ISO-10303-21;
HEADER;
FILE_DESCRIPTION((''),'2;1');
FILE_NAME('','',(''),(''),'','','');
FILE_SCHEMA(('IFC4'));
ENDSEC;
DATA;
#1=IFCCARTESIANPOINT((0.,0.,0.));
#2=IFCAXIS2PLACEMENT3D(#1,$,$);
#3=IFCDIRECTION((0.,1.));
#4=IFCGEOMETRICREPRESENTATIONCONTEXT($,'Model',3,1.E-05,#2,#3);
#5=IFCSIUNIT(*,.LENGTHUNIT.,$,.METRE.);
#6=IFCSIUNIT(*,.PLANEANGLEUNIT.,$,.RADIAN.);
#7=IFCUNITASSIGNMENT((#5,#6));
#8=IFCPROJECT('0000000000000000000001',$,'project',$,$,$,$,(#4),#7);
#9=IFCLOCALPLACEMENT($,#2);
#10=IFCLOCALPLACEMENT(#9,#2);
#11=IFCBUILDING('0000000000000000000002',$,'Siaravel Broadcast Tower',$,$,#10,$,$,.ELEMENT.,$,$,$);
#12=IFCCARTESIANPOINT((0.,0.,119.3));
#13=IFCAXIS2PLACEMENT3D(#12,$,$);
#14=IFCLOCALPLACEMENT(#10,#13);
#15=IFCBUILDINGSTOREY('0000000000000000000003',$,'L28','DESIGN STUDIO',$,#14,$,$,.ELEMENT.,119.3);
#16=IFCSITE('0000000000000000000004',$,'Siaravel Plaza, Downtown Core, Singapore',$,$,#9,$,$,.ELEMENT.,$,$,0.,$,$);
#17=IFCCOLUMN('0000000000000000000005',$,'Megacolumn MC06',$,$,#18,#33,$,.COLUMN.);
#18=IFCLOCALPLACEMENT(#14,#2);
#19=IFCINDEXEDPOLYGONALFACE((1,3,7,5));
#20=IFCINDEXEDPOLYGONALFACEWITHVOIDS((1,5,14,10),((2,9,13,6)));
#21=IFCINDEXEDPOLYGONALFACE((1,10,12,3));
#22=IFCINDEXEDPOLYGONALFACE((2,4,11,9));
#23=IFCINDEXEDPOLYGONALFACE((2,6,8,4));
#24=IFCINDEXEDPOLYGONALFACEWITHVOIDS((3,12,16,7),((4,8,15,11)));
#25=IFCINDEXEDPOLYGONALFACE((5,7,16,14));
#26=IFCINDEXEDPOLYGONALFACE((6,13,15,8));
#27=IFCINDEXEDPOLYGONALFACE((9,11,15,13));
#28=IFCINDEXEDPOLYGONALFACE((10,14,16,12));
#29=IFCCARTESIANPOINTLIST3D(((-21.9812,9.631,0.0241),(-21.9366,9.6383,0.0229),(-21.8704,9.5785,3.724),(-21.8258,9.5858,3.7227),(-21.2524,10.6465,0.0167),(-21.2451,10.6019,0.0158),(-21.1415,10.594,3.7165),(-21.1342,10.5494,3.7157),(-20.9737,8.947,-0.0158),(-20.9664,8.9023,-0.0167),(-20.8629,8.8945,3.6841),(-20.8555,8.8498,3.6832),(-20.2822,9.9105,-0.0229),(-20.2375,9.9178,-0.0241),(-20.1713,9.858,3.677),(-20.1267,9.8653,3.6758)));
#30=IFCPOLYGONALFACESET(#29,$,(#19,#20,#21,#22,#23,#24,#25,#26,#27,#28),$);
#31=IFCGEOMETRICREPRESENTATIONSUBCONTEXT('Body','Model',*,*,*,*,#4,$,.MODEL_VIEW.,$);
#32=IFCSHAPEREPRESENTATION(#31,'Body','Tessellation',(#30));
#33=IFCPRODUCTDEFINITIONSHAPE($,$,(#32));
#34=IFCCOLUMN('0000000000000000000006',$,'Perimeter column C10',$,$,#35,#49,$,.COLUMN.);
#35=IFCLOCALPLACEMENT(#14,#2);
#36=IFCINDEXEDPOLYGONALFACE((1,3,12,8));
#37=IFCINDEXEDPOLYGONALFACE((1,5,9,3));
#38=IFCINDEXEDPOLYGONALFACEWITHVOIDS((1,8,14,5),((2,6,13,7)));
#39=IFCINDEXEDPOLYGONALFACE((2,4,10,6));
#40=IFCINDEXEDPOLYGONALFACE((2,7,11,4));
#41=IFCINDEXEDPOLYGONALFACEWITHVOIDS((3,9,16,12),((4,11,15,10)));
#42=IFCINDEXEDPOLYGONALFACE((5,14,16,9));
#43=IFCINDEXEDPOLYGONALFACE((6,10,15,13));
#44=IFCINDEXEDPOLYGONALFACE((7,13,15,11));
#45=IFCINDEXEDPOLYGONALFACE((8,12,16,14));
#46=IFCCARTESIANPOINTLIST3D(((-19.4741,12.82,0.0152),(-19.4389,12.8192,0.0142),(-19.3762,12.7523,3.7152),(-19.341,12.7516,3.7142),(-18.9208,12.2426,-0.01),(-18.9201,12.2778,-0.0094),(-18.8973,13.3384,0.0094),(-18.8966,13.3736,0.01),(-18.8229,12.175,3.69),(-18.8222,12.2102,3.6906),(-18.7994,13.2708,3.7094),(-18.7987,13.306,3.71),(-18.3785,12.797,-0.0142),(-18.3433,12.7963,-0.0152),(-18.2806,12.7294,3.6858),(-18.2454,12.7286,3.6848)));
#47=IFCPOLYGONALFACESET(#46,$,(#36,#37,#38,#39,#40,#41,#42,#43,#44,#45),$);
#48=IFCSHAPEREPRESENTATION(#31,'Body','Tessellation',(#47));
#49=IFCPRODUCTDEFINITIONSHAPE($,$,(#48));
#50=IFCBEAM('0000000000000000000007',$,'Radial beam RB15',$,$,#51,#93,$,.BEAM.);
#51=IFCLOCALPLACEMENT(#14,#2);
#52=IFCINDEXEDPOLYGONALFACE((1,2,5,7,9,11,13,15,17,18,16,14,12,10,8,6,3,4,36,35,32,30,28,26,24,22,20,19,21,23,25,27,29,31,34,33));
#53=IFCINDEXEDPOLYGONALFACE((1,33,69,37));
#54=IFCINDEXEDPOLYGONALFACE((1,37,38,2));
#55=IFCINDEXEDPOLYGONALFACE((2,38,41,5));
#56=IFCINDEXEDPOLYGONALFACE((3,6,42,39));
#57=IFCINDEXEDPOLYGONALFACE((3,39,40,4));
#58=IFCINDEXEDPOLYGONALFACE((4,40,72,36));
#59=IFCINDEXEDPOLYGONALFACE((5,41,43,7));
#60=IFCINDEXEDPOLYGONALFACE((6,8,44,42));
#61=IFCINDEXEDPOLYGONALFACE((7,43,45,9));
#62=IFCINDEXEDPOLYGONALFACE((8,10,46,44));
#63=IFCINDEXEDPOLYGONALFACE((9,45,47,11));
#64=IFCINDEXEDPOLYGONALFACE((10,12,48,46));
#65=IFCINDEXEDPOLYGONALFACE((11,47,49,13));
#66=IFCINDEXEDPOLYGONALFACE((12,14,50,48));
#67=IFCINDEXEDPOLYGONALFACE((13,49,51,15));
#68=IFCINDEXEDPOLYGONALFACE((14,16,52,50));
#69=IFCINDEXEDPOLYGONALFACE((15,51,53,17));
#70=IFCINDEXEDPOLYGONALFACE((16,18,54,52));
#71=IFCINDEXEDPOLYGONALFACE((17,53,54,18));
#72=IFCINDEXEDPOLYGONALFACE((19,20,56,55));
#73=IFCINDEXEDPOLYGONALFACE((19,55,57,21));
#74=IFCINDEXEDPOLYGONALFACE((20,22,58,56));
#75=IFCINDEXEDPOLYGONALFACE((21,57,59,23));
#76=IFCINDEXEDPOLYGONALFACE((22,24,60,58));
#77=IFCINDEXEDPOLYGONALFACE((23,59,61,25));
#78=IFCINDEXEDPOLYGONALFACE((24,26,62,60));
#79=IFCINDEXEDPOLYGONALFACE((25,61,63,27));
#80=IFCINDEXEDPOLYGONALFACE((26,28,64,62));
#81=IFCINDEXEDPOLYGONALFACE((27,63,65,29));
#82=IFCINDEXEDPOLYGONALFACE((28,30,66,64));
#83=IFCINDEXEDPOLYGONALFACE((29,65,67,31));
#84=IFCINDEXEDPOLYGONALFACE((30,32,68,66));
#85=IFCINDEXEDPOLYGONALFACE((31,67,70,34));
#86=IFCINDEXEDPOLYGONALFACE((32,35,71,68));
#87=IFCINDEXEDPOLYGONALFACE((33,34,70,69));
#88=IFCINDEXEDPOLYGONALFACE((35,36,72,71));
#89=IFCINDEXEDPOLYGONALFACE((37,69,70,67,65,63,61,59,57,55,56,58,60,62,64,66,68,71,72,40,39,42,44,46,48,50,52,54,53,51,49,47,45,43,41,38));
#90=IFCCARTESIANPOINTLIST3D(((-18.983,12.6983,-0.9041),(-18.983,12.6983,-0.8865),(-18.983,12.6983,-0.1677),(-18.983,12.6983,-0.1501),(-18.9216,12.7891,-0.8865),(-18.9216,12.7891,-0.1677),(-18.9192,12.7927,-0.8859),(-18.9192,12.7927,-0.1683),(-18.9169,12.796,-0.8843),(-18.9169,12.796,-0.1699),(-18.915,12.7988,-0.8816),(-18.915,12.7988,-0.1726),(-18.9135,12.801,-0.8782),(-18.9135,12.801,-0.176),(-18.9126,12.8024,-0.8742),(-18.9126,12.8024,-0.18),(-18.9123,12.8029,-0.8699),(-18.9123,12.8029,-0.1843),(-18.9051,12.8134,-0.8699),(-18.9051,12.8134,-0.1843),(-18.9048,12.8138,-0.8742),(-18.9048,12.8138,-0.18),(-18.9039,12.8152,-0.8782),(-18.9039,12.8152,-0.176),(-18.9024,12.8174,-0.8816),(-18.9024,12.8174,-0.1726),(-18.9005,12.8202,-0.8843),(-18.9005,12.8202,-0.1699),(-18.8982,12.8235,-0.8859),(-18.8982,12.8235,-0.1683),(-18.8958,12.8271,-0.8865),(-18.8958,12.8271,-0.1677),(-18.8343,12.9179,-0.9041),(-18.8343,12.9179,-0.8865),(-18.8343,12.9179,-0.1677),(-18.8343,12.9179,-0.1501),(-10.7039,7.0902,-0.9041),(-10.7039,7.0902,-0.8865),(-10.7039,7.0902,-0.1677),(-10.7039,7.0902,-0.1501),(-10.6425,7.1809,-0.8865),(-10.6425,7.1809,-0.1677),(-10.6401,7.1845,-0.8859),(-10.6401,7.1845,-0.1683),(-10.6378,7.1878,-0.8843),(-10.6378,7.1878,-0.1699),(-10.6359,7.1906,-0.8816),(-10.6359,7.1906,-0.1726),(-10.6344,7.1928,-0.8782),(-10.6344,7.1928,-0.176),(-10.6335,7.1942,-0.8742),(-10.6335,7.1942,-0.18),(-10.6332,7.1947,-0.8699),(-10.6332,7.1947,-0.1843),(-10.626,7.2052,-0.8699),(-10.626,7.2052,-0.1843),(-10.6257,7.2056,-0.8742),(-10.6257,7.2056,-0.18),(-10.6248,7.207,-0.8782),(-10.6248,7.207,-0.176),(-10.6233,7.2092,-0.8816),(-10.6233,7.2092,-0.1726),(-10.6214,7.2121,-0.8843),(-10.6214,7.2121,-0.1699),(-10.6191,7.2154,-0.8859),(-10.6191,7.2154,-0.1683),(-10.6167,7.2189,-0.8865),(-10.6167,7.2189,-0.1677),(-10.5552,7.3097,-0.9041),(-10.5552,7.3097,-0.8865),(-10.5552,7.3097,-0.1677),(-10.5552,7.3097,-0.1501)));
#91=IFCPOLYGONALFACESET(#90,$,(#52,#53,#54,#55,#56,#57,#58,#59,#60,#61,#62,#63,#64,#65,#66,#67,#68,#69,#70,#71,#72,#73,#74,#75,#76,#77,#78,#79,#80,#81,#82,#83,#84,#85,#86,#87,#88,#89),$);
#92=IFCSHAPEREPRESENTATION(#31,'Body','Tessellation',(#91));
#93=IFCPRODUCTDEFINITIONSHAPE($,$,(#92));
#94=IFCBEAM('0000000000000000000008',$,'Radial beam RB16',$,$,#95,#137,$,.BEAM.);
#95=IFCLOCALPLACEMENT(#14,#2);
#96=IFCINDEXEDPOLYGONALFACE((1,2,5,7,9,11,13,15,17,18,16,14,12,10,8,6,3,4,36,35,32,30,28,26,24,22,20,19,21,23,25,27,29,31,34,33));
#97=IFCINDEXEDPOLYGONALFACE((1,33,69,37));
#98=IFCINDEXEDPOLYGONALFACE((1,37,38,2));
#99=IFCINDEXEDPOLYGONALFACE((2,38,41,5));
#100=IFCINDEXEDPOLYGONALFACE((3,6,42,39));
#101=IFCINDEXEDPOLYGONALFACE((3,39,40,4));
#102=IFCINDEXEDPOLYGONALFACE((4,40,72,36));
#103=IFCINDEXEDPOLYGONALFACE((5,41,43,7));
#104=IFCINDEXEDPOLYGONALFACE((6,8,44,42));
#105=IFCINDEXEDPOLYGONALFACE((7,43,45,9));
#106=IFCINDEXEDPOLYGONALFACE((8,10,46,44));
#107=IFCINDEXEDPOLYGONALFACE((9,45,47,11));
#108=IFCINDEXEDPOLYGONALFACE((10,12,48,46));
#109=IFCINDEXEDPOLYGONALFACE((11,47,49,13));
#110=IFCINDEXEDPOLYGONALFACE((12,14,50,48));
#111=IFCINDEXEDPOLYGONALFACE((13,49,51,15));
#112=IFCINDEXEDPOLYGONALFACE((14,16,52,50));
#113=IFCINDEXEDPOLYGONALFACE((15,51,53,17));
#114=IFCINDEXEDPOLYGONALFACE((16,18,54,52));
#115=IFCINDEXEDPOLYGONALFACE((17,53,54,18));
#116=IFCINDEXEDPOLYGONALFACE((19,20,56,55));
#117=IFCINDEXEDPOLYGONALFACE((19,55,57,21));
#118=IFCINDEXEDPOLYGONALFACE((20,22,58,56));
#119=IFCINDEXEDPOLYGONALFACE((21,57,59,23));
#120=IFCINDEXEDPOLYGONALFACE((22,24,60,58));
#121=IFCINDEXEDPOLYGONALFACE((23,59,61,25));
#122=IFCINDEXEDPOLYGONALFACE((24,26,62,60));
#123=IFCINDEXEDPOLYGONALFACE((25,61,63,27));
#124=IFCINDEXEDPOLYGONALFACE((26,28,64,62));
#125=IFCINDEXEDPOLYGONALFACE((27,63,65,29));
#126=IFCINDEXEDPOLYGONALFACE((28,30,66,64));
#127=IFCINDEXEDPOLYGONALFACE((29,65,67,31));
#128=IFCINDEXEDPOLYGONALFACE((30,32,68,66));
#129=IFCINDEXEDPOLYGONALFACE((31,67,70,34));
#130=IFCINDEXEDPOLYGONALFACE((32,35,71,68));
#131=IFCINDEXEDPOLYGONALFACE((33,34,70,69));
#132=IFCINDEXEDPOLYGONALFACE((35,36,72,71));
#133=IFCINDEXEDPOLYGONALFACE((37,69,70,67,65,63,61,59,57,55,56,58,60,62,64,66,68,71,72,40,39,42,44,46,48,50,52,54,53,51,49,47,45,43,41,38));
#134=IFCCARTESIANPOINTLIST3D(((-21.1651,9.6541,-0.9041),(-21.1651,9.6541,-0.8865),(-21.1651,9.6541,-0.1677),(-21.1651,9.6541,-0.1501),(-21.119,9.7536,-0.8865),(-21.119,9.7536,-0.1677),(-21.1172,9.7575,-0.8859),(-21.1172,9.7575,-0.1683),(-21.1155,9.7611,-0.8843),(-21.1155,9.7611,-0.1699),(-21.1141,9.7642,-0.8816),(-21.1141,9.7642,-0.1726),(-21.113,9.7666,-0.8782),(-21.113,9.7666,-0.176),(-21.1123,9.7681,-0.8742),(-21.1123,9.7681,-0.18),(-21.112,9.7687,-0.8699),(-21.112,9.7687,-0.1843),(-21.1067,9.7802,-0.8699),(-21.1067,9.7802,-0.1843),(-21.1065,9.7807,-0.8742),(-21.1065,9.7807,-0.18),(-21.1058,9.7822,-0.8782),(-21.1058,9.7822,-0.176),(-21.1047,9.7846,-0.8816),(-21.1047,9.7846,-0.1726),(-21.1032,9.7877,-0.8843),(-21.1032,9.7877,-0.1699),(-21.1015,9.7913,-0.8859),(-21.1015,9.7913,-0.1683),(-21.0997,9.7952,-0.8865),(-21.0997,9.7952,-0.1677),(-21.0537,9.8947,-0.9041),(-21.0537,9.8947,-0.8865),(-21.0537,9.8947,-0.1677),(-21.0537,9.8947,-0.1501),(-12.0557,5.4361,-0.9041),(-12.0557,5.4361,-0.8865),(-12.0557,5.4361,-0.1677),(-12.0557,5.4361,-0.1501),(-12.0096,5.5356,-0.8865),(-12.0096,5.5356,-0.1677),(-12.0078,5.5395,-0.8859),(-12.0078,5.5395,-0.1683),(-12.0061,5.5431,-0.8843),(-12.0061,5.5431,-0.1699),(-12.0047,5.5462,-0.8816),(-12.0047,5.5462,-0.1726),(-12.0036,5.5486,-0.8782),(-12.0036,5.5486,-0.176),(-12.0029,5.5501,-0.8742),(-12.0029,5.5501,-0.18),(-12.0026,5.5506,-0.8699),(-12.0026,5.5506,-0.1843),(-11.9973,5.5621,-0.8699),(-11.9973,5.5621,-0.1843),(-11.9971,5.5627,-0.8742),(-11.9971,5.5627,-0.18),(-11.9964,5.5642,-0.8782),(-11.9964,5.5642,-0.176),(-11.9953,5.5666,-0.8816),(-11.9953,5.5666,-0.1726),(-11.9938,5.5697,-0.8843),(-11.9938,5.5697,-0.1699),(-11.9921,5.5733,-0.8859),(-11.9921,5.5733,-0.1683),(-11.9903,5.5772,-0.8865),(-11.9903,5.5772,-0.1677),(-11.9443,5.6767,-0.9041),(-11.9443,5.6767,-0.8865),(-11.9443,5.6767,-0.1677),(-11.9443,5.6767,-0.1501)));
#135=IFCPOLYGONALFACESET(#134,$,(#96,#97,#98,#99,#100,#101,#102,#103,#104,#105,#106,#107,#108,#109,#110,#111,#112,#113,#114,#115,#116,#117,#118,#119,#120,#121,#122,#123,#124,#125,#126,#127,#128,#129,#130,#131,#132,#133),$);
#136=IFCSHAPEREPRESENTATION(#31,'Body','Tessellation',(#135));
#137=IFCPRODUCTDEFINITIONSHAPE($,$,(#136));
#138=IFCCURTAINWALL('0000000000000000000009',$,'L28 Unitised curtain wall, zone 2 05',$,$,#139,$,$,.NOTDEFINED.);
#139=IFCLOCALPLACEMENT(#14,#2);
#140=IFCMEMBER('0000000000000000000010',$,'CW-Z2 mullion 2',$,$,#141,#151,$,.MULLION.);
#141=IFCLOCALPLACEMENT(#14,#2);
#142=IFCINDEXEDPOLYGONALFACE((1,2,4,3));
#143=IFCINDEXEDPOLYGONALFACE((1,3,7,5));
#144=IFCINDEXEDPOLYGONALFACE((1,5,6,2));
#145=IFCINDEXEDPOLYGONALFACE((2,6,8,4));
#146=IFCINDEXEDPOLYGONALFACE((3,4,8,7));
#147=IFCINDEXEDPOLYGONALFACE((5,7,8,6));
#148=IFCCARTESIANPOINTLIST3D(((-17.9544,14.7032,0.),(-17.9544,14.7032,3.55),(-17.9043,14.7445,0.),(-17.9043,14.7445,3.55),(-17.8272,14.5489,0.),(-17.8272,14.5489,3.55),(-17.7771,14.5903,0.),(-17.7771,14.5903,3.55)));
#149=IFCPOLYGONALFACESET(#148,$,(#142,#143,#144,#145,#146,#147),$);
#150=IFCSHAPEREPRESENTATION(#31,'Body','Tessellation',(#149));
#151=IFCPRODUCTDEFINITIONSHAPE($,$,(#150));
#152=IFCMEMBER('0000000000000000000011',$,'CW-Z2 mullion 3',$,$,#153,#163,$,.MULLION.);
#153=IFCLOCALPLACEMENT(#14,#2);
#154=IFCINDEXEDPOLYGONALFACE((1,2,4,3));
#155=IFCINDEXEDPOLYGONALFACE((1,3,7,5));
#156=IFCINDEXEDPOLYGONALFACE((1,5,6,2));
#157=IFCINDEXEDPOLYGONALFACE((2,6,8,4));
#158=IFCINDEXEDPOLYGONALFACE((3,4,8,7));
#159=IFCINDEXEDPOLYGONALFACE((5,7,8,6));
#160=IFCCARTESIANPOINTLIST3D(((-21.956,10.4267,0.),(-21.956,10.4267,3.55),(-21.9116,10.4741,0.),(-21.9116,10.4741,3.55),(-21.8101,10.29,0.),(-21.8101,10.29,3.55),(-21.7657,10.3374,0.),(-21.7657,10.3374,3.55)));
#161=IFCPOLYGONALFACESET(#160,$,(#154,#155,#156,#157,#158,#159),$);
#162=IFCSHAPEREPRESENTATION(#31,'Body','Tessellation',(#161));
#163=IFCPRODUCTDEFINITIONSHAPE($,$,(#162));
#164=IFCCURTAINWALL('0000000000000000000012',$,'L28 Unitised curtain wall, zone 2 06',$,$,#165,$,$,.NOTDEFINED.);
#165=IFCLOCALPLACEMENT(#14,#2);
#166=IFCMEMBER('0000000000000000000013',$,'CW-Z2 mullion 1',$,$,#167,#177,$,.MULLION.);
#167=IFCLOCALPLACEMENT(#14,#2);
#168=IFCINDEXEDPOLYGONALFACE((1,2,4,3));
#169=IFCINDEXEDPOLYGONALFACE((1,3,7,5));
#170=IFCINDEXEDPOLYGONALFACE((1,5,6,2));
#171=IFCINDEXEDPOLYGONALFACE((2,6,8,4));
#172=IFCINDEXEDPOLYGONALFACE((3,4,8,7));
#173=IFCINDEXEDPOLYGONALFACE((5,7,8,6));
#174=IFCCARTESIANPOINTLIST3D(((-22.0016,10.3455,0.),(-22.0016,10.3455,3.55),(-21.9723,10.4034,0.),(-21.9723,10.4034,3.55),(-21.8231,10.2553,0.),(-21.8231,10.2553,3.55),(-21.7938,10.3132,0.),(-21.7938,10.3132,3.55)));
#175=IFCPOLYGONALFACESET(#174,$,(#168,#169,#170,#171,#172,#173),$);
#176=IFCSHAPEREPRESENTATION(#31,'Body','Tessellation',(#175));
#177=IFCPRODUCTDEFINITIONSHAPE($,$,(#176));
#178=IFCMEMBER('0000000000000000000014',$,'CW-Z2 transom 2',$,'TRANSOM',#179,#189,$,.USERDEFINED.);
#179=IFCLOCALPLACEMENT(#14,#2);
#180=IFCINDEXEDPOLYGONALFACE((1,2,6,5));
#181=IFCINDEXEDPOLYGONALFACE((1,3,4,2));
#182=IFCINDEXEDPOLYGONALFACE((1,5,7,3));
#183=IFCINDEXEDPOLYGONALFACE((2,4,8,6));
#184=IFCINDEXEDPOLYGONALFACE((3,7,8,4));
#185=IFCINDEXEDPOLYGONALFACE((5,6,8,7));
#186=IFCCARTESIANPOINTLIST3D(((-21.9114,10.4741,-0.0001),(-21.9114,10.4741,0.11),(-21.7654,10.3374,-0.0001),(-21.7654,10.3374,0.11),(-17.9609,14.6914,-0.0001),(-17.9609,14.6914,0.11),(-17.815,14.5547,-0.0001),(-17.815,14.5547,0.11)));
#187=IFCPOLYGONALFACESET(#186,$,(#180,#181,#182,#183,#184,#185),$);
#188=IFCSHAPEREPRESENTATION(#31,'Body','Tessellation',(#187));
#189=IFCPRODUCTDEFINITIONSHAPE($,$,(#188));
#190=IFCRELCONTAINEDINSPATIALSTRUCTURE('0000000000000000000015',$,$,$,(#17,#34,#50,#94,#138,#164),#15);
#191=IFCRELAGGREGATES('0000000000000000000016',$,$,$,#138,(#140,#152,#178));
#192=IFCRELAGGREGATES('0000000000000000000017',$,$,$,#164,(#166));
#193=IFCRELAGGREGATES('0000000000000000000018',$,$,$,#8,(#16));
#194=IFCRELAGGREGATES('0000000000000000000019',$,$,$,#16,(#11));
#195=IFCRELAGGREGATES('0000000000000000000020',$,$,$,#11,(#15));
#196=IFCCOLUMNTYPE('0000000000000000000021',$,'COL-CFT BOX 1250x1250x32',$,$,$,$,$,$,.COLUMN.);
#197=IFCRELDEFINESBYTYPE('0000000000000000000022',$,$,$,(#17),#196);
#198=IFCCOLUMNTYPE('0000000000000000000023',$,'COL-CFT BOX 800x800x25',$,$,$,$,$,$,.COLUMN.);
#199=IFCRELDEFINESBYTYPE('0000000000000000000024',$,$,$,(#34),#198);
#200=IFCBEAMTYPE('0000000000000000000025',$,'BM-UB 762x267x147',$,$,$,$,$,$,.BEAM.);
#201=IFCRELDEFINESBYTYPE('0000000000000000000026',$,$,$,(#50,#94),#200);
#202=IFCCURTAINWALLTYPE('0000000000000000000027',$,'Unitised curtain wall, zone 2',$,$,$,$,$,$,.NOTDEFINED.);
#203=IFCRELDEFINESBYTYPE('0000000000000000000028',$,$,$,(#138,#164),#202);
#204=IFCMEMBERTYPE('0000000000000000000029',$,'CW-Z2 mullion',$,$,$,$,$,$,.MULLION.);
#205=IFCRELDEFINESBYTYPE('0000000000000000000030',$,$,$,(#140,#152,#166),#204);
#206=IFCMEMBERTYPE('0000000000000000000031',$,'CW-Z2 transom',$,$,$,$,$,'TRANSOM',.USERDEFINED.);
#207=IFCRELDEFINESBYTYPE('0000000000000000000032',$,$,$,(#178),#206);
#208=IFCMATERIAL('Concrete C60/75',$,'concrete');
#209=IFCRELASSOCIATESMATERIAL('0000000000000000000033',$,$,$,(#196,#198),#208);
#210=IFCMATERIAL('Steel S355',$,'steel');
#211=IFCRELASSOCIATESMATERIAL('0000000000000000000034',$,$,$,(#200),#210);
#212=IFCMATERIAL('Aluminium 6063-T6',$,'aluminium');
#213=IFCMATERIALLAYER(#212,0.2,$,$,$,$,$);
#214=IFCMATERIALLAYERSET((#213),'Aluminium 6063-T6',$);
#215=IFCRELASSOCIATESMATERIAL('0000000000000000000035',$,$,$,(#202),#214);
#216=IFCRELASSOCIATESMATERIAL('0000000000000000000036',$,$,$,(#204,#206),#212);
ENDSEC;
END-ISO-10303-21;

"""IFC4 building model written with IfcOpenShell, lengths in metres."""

from ifc_helpers import new_model, si_unit, direction, frame, origin, origin_2d, place, context, subcontext, project, spatial, rectangle, hollow_rectangle, i_section, extrude, material, layer, layer_set, material_profile, profile_set, type_object, element, aggregate, save


model = new_model("IFC4")

# Units and contexts
model_context = context("Model", 3, precision=1e-05, world=origin(), true_north=direction((0.0, 1.0)))
body_context = subcontext(model_context, "Body", "Model", "MODEL_VIEW")
ifc_project = project(units=[si_unit("LENGTHUNIT", "METRE"), si_unit("PLANEANGLEUNIT", "RADIAN")], contexts=[model_context])

# Site, building, storey
site_placement = place(None, origin())
site = spatial("IfcSite", under=ifc_project, at=site_placement, Name="Siaravel Plaza, Downtown Core, Singapore", CompositionType="ELEMENT", RefElevation=0.0)
building_placement = place(site_placement, origin())
building = spatial("IfcBuilding", under=site, at=building_placement, Name="Siaravel Broadcast Tower", CompositionType="ELEMENT")
storey_placement = place(building_placement, frame((0.0, 0.0, 119.3)))
storey = spatial("IfcBuildingStorey", under=building, at=storey_placement, Name="L28", Description="DESIGN STUDIO", CompositionType="ELEMENT", Elevation=119.3)

# Columns
ifc_material_1 = material(Name="Concrete C60/75", Category="concrete")
ifc_material_profile_1 = material_profile(ifc_material_1, hollow_rectangle(XDim=1.25, YDim=1.25, WallThickness=0.032, at=origin_2d()))
ifc_profile_set_1 = profile_set([ifc_material_profile_1], Name="Concrete C60/75")
column_type_1 = type_object("IfcColumnType", Name="COL-CFT BOX 1250x1250x32", PredefinedType="COLUMN", material=ifc_profile_set_1)
column_1_placement = place(storey_placement, frame((-21.1094, 9.7744, 0.0), z_axis=(0.029941, -0.014179, 0.999451), x_axis=(0.583066, 0.812403, -0.005942)))
element("IfcColumn", 1, at=column_1_placement, inside=storey, type_object=column_type_1, Name="Megacolumn MC06", PredefinedType="COLUMN", context=body_context, shape_type="SweptSolid", body=[
    extrude(hollow_rectangle(XDim=1.25, YDim=1.25, WallThickness=0.032, at=origin_2d()), origin(), (0.0, 0.0, 1.0), 3.7019),
])
ifc_material_profile_2 = material_profile(ifc_material_1, hollow_rectangle(XDim=0.8, YDim=0.8, WallThickness=0.0249, at=origin_2d()))
ifc_profile_set_2 = profile_set([ifc_material_profile_2], Name="Concrete C60/75")
column_type_2 = type_object("IfcColumnType", Name="COL-CFT BOX 800x800x25", PredefinedType="COLUMN", material=ifc_profile_set_2)
column_2_placement = place(storey_placement, frame((-18.9087, 12.8081, 0.0), z_axis=(0.026446, -0.018268, 0.999483), x_axis=(0.721852, 0.692017, -0.006452)))
element("IfcColumn", 2, at=column_2_placement, inside=storey, type_object=column_type_2, Name="Perimeter column C10", PredefinedType="COLUMN", context=body_context, shape_type="SweptSolid", body=[
    extrude(hollow_rectangle(XDim=0.8, YDim=0.8, WallThickness=0.0249, at=origin_2d()), origin(), (0.0, 0.0, 1.0), 3.7019),
])

# Beams
ifc_material_2 = material(Name="Steel S355", Category="steel")
ifc_material_profile_3 = material_profile(ifc_material_2, i_section(OverallWidth=0.2651, OverallDepth=0.7539, WebThickness=0.0127, FlangeThickness=0.0176, FilletRadius=0.0166, at=origin_2d()))
ifc_profile_set_3 = profile_set([ifc_material_profile_3], Name="Steel S355")
beam_type = type_object("IfcBeamType", Name="BM-UB 762x267x147", PredefinedType="BEAM", material=ifc_profile_set_3)
beam_1_placement = place(storey_placement, frame((-18.9087, 12.8081, -0.5271), z_axis=(0.82793, -0.560832, 0.0), x_axis=(0.560832, 0.82793, 0.0)))
element("IfcBeam", 3, at=beam_1_placement, inside=storey, type_object=beam_type, Name="Radial beam RB15", PredefinedType="BEAM", context=body_context, shape_type="SweptSolid", body=[
    extrude(i_section(OverallWidth=0.2651, OverallDepth=0.7539, WebThickness=0.0127, FlangeThickness=0.0176, FilletRadius=0.0166, at=origin_2d()), origin(), (0.0, 0.0, 1.0), 9.9998),
])
beam_2_placement = place(storey_placement, frame((-21.1094, 9.7744, -0.5271), z_axis=(0.90744, -0.420182, 0.0), x_axis=(0.420182, 0.90744, 0.0)))
element("IfcBeam", 4, at=beam_2_placement, inside=storey, type_object=beam_type, Name="Radial beam RB16", PredefinedType="BEAM", context=body_context, shape_type="SweptSolid", body=[
    extrude(i_section(OverallWidth=0.2651, OverallDepth=0.7539, WebThickness=0.0127, FlangeThickness=0.0176, FilletRadius=0.0166, at=origin_2d()), origin(), (0.0, 0.0, 1.0), 10.0386),
])

# Curtain wall, members
ifc_material_3 = material(Name="Aluminium 6063-T6", Category="aluminium")
ifc_layer_1 = layer(ifc_material_3, 0.2)
ifc_layer_set_1 = layer_set([ifc_layer_1], Name="Aluminium 6063-T6")
curtain_wall_type = type_object("IfcCurtainWallType", Name="Unitised curtain wall, zone 2", PredefinedType="NOTDEFINED", material=ifc_layer_set_1)
curtain_wall_1_placement = place(storey_placement, origin())
curtain_wall_1 = element("IfcCurtainWall", 5, at=curtain_wall_1_placement, inside=storey, type_object=curtain_wall_type, Name="L28 Unitised curtain wall, zone 2 05", PredefinedType="NOTDEFINED")
ifc_material_profile_4 = material_profile(ifc_material_3, rectangle(XDim=0.2, YDim=0.0649, at=origin_2d()))
ifc_profile_set_4 = profile_set([ifc_material_profile_4], Name="Aluminium 6063-T6")
member_type_1 = type_object("IfcMemberType", Name="CW-Z2 mullion", PredefinedType="MULLION", material=ifc_profile_set_4)
member_1_placement = place(storey_placement, frame((-17.8657, 14.6467, 0.0), z_axis=(0.0, 0.0, 1.0), x_axis=(0.636219, -0.771509, 0.0)))
member_1 = element("IfcMember", 6, at=member_1_placement, type_object=member_type_1, Name="CW-Z2 mullion 2", PredefinedType="MULLION", context=body_context, shape_type="SweptSolid", body=[
    extrude(rectangle(XDim=0.2, YDim=0.0649, at=origin_2d()), origin(), (0.0, 0.0, 1.0), 3.55),
])
member_2_placement = place(storey_placement, frame((-21.8608, 10.3821, 0.0), z_axis=(0.0, 0.0, 1.0), x_axis=(0.729805, -0.683655, 0.0)))
member_2 = element("IfcMember", 7, at=member_2_placement, type_object=member_type_1, Name="CW-Z2 mullion 3", PredefinedType="MULLION", context=body_context, shape_type="SweptSolid", body=[
    extrude(rectangle(XDim=0.2, YDim=0.0649, at=origin_2d()), origin(), (0.0, 0.0, 1.0), 3.55),
])

# Curtain wall, member
curtain_wall_2_placement = place(storey_placement, origin())
curtain_wall_2 = element("IfcCurtainWall", 8, at=curtain_wall_2_placement, inside=storey, type_object=curtain_wall_type, Name="L28 Unitised curtain wall, zone 2 06", PredefinedType="NOTDEFINED")
member_3_placement = place(storey_placement, frame((-21.8977, 10.3293, 0.0), z_axis=(0.0, 0.0, 1.0), x_axis=(0.892392, -0.451261, 0.0)))
member_3 = element("IfcMember", 9, at=member_3_placement, type_object=member_type_1, Name="CW-Z2 mullion 1", PredefinedType="MULLION", context=body_context, shape_type="SweptSolid", body=[
    extrude(rectangle(XDim=0.2, YDim=0.0649, at=origin_2d()), origin(), (0.0, 0.0, 1.0), 3.55),
])

# Member
ifc_material_profile_5 = material_profile(ifc_material_3, rectangle(XDim=0.2, YDim=0.1101, at=origin_2d()))
ifc_profile_set_5 = profile_set([ifc_material_profile_5], Name="Aluminium 6063-T6")
member_type_2 = type_object("IfcMemberType", Name="CW-Z2 transom", ElementType="TRANSOM", PredefinedType="USERDEFINED", material=ifc_profile_set_5)
member_4_placement = place(storey_placement, frame((-17.8879, 14.623, 0.0549), z_axis=(-0.68364, -0.729819, 0.0), x_axis=(0.729819, -0.68364, 0.0)))
member_4 = element("IfcMember", 10, at=member_4_placement, type_object=member_type_2, Name="CW-Z2 transom 2", ObjectType="TRANSOM", PredefinedType="USERDEFINED", context=body_context, shape_type="SweptSolid", body=[
    extrude(rectangle(XDim=0.2, YDim=0.1101, at=origin_2d()), origin(), (0.0, 0.0, 1.0), 5.7786),
])

aggregate(curtain_wall_1, [member_1, member_2, member_4])
aggregate(curtain_wall_2, [member_3])

save(model, "model.ifc")
